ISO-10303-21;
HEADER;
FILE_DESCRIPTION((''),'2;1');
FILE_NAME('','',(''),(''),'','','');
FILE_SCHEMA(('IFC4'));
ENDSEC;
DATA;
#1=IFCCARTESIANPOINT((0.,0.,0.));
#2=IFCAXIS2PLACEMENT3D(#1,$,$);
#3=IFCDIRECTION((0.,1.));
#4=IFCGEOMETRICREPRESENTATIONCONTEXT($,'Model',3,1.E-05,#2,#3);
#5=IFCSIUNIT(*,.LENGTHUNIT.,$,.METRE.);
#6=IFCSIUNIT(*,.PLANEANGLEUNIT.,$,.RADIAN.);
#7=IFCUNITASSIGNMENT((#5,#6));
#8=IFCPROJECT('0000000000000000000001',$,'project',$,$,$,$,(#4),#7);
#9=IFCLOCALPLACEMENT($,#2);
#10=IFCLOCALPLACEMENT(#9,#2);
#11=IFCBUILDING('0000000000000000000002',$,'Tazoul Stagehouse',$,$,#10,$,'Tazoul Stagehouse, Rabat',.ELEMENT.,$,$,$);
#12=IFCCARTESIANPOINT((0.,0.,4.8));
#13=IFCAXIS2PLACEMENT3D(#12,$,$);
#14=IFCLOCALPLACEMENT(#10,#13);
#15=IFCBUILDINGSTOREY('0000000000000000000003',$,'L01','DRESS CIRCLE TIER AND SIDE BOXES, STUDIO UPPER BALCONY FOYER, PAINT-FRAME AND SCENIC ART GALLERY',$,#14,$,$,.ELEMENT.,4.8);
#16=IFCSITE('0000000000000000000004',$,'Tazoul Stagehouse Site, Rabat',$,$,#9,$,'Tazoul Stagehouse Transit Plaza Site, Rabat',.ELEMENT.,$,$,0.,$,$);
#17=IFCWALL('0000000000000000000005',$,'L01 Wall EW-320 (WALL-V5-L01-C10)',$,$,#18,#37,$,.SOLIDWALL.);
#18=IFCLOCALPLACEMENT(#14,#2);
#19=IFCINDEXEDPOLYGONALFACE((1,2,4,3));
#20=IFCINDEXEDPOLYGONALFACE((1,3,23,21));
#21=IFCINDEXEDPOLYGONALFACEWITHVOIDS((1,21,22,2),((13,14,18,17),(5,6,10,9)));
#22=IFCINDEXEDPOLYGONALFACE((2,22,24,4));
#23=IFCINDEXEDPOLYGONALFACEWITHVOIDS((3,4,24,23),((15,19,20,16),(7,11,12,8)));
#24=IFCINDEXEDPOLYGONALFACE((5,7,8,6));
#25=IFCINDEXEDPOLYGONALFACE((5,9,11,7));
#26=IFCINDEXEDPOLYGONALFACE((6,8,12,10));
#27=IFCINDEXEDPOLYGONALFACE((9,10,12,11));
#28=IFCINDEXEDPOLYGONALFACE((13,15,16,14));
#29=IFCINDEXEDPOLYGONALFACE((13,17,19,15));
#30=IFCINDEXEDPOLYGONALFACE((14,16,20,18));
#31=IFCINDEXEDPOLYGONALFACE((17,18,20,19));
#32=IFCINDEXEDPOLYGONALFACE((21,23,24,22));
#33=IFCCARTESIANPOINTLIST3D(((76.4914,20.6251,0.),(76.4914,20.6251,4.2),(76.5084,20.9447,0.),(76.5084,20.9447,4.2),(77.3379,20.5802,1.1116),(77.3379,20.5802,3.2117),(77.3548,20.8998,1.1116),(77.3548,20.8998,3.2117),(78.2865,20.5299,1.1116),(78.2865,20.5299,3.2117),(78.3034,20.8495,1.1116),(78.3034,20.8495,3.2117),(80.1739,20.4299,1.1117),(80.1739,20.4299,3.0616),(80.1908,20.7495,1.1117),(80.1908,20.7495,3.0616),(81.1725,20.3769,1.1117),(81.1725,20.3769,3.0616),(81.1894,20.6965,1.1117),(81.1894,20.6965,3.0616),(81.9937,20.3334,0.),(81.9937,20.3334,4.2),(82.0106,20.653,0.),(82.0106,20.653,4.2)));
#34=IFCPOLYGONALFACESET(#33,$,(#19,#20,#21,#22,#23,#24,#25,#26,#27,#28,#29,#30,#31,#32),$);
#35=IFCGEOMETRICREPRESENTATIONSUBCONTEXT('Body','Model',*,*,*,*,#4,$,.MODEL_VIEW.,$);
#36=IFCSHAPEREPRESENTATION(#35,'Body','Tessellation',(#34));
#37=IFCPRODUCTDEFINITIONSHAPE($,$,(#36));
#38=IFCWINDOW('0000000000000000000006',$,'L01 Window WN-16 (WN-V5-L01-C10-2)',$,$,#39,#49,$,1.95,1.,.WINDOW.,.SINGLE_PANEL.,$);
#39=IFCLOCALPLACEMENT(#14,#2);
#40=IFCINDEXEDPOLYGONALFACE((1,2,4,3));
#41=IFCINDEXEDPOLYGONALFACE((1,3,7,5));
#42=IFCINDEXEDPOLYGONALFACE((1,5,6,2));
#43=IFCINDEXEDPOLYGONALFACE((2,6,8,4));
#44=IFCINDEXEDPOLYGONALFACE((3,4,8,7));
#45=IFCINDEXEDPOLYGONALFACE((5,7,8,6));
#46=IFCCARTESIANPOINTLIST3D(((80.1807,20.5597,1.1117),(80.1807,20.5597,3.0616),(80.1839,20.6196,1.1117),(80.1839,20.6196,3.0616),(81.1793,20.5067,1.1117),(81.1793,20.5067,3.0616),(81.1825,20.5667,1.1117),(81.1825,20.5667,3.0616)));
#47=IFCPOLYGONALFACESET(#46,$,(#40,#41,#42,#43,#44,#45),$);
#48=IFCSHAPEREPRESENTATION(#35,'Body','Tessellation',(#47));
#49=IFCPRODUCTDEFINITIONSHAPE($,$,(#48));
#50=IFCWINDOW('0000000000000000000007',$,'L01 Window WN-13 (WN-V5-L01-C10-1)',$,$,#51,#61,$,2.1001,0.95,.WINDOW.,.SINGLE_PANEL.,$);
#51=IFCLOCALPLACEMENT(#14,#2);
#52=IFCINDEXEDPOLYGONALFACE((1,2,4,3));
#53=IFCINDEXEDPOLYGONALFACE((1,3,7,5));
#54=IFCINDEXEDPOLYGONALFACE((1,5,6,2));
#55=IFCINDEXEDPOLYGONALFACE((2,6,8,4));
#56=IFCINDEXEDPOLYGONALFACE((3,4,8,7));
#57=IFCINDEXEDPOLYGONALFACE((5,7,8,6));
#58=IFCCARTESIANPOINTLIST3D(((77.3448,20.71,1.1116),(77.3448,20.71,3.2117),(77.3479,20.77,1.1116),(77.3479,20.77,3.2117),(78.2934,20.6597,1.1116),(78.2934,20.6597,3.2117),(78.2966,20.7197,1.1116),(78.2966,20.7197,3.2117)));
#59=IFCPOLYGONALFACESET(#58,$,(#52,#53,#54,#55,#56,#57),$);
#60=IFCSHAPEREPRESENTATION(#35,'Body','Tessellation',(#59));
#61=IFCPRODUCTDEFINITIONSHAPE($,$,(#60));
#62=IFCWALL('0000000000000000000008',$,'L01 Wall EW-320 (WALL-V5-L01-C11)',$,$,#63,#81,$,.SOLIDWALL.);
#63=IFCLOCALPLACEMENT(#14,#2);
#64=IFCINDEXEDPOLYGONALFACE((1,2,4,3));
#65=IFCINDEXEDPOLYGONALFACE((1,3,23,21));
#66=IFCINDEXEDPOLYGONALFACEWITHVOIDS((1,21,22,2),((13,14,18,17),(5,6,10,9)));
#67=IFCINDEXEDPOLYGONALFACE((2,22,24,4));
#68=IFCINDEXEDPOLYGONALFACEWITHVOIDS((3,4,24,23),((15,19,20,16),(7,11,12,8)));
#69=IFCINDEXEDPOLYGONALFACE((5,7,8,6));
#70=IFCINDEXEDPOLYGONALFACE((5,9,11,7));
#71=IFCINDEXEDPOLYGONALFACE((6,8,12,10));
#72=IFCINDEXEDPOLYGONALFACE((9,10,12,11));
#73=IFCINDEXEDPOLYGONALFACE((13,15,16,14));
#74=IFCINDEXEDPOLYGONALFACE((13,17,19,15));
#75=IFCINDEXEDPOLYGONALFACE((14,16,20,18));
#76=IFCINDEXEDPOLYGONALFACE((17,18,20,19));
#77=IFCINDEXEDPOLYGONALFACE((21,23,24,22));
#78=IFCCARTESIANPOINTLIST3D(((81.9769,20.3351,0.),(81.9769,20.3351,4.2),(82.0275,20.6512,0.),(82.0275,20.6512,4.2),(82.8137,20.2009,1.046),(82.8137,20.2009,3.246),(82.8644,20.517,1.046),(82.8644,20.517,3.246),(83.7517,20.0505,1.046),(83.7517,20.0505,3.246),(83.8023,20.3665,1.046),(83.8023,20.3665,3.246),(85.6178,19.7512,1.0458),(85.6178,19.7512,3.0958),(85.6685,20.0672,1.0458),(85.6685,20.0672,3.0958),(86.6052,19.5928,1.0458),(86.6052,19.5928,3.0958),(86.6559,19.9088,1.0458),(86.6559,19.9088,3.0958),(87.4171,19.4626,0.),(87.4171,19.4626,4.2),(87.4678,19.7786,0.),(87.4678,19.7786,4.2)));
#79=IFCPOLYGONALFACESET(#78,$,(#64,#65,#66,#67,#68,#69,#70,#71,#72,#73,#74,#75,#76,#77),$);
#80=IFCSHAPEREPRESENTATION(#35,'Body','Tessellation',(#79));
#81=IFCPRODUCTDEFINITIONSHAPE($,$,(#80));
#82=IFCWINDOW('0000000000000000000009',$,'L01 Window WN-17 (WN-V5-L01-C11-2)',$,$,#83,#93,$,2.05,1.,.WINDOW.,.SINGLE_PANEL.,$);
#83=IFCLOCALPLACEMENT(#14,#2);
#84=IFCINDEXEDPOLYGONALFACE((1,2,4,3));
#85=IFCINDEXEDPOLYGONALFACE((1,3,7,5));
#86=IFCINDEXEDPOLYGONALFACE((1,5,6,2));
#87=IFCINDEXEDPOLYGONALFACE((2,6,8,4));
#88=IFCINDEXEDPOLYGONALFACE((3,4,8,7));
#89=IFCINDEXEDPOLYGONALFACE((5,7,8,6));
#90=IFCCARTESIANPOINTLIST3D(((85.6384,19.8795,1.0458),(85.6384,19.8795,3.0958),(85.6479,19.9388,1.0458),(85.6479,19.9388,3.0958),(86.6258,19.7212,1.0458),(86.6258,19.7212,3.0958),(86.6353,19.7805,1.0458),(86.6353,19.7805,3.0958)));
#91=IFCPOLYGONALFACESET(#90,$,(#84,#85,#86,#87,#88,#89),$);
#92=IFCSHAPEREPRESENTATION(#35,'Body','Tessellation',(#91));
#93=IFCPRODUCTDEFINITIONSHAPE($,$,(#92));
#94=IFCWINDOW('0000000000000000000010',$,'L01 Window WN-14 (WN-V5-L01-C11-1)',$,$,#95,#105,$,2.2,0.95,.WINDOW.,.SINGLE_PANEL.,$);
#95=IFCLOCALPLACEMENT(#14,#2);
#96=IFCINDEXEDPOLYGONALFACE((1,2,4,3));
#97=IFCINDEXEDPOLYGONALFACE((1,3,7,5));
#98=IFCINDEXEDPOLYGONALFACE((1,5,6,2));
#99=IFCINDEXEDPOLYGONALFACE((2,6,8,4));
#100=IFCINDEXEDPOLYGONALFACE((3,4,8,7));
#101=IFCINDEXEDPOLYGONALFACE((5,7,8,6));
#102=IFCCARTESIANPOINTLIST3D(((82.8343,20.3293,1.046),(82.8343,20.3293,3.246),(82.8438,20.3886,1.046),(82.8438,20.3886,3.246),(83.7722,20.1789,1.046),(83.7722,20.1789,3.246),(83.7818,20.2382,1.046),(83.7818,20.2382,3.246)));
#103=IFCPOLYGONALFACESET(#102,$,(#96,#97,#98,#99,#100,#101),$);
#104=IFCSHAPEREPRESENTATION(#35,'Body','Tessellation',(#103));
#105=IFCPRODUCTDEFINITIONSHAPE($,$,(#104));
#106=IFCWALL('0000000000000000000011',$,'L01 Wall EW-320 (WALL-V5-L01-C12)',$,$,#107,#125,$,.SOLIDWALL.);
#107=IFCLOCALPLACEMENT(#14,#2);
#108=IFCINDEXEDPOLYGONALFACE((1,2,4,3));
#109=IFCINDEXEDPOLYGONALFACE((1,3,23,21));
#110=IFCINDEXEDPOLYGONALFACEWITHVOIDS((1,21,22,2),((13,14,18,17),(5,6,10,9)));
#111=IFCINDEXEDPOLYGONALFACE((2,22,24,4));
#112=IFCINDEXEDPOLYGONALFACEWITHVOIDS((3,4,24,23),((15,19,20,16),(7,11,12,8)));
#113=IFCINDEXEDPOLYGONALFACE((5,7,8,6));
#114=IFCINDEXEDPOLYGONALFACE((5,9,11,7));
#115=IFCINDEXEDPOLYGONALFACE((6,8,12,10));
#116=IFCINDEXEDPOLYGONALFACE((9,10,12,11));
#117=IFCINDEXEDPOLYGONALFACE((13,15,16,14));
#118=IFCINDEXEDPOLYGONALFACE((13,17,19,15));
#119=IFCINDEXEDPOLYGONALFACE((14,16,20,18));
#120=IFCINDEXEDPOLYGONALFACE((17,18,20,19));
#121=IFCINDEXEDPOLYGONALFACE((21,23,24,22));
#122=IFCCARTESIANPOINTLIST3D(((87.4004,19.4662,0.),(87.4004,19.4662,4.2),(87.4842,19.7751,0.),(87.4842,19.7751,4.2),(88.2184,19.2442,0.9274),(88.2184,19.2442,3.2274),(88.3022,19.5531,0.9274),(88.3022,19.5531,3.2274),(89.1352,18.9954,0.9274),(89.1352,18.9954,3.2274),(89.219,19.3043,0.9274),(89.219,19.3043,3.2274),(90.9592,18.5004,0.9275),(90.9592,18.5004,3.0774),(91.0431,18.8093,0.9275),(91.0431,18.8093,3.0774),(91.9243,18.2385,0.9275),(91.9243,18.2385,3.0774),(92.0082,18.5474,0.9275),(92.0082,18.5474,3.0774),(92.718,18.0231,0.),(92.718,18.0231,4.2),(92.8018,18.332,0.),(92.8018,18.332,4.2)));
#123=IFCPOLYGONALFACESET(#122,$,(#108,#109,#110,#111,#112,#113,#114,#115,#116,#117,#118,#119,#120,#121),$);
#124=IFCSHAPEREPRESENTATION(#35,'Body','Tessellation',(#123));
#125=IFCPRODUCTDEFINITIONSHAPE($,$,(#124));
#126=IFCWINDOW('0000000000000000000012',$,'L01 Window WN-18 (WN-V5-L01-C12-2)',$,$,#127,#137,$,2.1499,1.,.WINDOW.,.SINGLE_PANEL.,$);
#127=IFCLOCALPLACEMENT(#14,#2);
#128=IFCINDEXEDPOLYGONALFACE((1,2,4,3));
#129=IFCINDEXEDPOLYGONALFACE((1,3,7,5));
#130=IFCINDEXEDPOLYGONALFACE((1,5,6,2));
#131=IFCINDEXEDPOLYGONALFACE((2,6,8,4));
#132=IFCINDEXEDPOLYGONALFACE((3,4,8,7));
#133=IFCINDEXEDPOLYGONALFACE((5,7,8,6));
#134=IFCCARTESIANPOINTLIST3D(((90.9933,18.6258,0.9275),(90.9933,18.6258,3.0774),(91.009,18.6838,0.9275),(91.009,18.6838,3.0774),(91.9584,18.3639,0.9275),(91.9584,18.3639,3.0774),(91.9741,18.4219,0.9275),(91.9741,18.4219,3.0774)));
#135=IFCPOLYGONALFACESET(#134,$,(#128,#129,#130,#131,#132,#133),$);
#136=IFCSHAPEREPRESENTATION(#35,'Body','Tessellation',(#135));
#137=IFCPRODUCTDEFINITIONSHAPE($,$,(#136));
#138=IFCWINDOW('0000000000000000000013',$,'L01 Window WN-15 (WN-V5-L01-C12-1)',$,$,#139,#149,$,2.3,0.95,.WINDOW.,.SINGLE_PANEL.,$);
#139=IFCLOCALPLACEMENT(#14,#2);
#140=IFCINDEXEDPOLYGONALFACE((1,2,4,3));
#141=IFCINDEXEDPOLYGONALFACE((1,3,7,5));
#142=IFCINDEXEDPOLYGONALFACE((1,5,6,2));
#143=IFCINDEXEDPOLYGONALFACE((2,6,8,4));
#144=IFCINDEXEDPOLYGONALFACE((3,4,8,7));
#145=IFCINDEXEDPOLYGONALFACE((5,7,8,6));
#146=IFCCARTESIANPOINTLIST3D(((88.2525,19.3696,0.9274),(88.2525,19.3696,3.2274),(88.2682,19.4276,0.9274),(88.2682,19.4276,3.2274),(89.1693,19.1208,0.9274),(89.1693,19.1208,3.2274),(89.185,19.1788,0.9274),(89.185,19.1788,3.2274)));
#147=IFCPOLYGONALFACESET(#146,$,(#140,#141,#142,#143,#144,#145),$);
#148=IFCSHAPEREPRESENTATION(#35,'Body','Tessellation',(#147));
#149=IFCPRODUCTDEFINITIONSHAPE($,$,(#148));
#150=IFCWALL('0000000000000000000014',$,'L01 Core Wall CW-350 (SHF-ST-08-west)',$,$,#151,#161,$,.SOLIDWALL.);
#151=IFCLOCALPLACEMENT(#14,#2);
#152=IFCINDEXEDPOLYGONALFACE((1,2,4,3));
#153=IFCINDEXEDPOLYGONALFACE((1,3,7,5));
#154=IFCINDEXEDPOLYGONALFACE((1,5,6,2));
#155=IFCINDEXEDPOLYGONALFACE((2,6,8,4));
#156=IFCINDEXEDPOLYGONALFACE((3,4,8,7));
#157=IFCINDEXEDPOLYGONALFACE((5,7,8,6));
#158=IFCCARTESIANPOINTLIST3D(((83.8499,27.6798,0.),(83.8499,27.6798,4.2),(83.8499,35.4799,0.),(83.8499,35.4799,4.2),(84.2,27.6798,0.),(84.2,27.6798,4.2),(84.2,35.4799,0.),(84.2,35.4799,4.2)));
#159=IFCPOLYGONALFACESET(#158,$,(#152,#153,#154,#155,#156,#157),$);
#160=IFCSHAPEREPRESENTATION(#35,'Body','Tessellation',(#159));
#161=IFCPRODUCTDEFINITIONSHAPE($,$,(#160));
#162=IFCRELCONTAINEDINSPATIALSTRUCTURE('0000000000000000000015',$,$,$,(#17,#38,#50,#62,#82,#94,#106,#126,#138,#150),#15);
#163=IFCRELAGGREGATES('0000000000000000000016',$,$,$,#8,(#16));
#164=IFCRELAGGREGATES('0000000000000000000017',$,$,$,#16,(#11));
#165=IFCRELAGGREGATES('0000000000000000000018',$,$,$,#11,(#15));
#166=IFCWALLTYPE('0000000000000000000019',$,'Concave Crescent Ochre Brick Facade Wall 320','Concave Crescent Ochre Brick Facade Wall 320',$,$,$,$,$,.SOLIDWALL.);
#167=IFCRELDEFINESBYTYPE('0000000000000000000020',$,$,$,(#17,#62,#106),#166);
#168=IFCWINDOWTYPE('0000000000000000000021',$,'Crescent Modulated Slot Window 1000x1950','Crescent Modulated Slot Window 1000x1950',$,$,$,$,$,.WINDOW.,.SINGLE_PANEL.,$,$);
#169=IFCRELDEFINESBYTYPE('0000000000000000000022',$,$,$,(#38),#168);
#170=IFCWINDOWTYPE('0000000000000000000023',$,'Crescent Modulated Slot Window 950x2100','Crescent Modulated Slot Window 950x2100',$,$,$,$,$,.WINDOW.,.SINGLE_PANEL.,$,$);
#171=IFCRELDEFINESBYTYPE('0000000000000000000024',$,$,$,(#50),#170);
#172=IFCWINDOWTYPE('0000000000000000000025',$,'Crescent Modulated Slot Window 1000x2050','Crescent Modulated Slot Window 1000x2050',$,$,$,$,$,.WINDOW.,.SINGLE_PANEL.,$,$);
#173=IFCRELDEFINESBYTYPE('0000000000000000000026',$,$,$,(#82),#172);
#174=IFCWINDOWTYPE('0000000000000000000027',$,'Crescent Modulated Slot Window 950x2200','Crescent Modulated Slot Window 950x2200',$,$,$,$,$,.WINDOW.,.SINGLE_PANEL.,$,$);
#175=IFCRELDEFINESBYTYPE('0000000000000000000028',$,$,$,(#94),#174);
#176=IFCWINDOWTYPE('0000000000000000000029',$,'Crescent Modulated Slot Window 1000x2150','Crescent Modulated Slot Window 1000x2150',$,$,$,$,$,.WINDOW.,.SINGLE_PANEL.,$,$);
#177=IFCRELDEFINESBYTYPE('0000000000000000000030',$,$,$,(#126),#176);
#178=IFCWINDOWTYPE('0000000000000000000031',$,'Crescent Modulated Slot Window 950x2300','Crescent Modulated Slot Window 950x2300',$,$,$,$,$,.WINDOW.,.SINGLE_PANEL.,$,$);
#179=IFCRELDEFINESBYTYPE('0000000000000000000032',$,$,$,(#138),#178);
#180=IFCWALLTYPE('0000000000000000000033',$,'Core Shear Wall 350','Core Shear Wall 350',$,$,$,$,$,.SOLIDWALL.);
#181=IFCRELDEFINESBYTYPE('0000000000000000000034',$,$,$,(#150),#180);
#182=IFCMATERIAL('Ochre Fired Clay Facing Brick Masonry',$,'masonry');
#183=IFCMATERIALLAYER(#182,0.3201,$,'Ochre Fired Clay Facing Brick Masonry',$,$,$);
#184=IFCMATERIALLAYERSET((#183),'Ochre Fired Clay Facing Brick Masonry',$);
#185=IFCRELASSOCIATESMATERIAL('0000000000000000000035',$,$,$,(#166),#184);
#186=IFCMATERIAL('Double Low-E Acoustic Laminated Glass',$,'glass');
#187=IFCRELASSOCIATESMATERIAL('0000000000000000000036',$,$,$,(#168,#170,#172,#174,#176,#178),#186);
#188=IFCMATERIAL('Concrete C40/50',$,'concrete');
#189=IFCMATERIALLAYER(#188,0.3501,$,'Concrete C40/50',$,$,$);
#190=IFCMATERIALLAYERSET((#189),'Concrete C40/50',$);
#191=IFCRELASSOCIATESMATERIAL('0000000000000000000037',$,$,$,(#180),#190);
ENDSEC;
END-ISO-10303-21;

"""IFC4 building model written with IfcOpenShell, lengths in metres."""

from ifc_helpers import new_model, si_unit, direction, frame, frame_2d, origin, place, context, subcontext, project, spatial, rectangle, extrude, material, layer, layer_set, type_object, element, fill, save


model = new_model("IFC4")

# Units and contexts
model_context = context("Model", 3, precision=1e-05, world=origin(), true_north=direction((0.0, 1.0)))
body_context = subcontext(model_context, "Body", "Model", "MODEL_VIEW")
ifc_project = project(units=[si_unit("LENGTHUNIT", "METRE"), si_unit("PLANEANGLEUNIT", "RADIAN")], contexts=[model_context])

# Site, building, storey
site_placement = place(None, origin())
site = spatial("IfcSite", under=ifc_project, at=site_placement, Name="Tazoul Stagehouse Site, Rabat", LongName="Tazoul Stagehouse Transit Plaza Site, Rabat", CompositionType="ELEMENT", RefElevation=0.0)
building_placement = place(site_placement, origin())
building = spatial("IfcBuilding", under=site, at=building_placement, Name="Tazoul Stagehouse", LongName="Tazoul Stagehouse, Rabat", CompositionType="ELEMENT")
storey_placement = place(building_placement, frame((0.0, 0.0, 4.8)))
storey = spatial("IfcBuildingStorey", under=building, at=storey_placement, Name="L01", Description="DRESS CIRCLE TIER AND SIDE BOXES, STUDIO UPPER BALCONY FOYER, PAINT-FRAME AND SCENIC ART GALLERY", CompositionType="ELEMENT", Elevation=4.8)

# Shared definitions
ifc_material_1 = material(Name="Concrete C40/50", Category="concrete")

# Walls, openings, windows
ifc_material_2 = material(Name="Ochre Fired Clay Facing Brick Masonry", Category="masonry")
ifc_layer_1 = layer(ifc_material_2, 0.3201, Name="Ochre Fired Clay Facing Brick Masonry")
ifc_layer_set_1 = layer_set([ifc_layer_1], Name="Ochre Fired Clay Facing Brick Masonry")
wall_type_1 = type_object("IfcWallType", Name="Concave Crescent Ochre Brick Facade Wall 320", Description="Concave Crescent Ochre Brick Facade Wall 320", PredefinedType="SOLIDWALL", material=ifc_layer_set_1)
wall_1_placement = place(storey_placement, frame((76.5, 20.7849, 0.0), z_axis=(0.0, 0.0, 1.0), x_axis=(0.998597, -0.05295, 0.0)))
wall_1 = element("IfcWall", 1, at=wall_1_placement, inside=storey, type_object=wall_type_1, Name="L01 Wall EW-320 (WALL-V5-L01-C10)", PredefinedType="SOLIDWALL", context=body_context, shape_type="SweptSolid", body=[
    extrude(rectangle(XDim=5.51, YDim=0.3201, at=frame_2d((2.7549, 0.0))), origin(), (0.0, 0.0, 1.0), 4.2),
])
opening_1_placement = place(wall_1_placement, frame((0.8474, 0.0, 1.1116)))
opening_1 = element("IfcOpeningElement", 2, at=opening_1_placement, cuts=wall_1, PredefinedType="OPENING", context=body_context, shape_type="SweptSolid", body=[
    extrude(rectangle(XDim=0.95, YDim=2.1001, at=frame_2d((0.4751, 1.05))), frame((0.0, 0.1799, 0.0), z_axis=(0.0, -1.0, 0.0), x_axis=(1.0, 0.0, 0.0)), (0.0, 0.0, 1.0), 0.3601),
])
opening_2_placement = place(wall_1_placement, frame((3.6875, 0.0, 1.1116)))
opening_2 = element("IfcOpeningElement", 3, at=opening_2_placement, cuts=wall_1, PredefinedType="OPENING", context=body_context, shape_type="SweptSolid", body=[
    extrude(rectangle(XDim=1.0, YDim=1.95, at=frame_2d((0.5, 0.9751))), frame((0.0, 0.1799, 0.0), z_axis=(0.0, -1.0, 0.0), x_axis=(1.0, 0.0, 0.0)), (0.0, 0.0, 1.0), 0.3601),
])
ifc_material_3 = material(Name="Double Low-E Acoustic Laminated Glass", Category="glass")
window_type_1 = type_object("IfcWindowType", Name="Crescent Modulated Slot Window 1000x1950", Description="Crescent Modulated Slot Window 1000x1950", PartitioningType="SINGLE_PANEL", PredefinedType="WINDOW", material=ifc_material_3)
window_1_placement = place(opening_2_placement, origin())
window_1 = element("IfcWindow", 4, at=window_1_placement, inside=storey, type_object=window_type_1, Name="L01 Window WN-16 (WN-V5-L01-C10-2)", OverallHeight=1.95, OverallWidth=1.0, PartitioningType="SINGLE_PANEL", PredefinedType="WINDOW", context=body_context, shape_type="SweptSolid", body=[
    extrude(rectangle(XDim=1.0, YDim=1.95, at=frame_2d((0.5, 0.9751))), frame((0.0, 0.03, 0.0), z_axis=(0.0, -1.0, 0.0), x_axis=(1.0, 0.0, 0.0)), (0.0, 0.0, 1.0), 0.0601),
])
fill(opening_2, window_1)
window_type_2 = type_object("IfcWindowType", Name="Crescent Modulated Slot Window 950x2100", Description="Crescent Modulated Slot Window 950x2100", PartitioningType="SINGLE_PANEL", PredefinedType="WINDOW", material=ifc_material_3)
window_2_placement = place(opening_1_placement, origin())
window_2 = element("IfcWindow", 5, at=window_2_placement, inside=storey, type_object=window_type_2, Name="L01 Window WN-13 (WN-V5-L01-C10-1)", OverallHeight=2.1001, OverallWidth=0.95, PartitioningType="SINGLE_PANEL", PredefinedType="WINDOW", context=body_context, shape_type="SweptSolid", body=[
    extrude(rectangle(XDim=0.95, YDim=2.1001, at=frame_2d((0.4751, 1.05))), frame((0.0, 0.03, 0.0), z_axis=(0.0, -1.0, 0.0), x_axis=(1.0, 0.0, 0.0)), (0.0, 0.0, 1.0), 0.0601),
])
fill(opening_1, window_2)
wall_2_placement = place(storey_placement, frame((82.0022, 20.4932, 0.0), z_axis=(0.0, 0.0, 1.0), x_axis=(0.98738, -0.158367, 0.0)))
wall_2 = element("IfcWall", 6, at=wall_2_placement, inside=storey, type_object=wall_type_1, Name="L01 Wall EW-320 (WALL-V5-L01-C11)", PredefinedType="SOLIDWALL", context=body_context, shape_type="SweptSolid", body=[
    extrude(rectangle(XDim=5.5098, YDim=0.3201, at=frame_2d((2.7549, 0.0))), origin(), (0.0, 0.0, 1.0), 4.2),
])
opening_3_placement = place(wall_2_placement, frame((0.8474, 0.0, 1.0459)))
opening_3 = element("IfcOpeningElement", 7, at=opening_3_placement, cuts=wall_2, PredefinedType="OPENING", context=body_context, shape_type="SweptSolid", body=[
    extrude(rectangle(XDim=0.95, YDim=2.2, at=frame_2d((0.4751, 1.1001))), frame((0.0, 0.1799, 0.0), z_axis=(0.0, -1.0, 0.0), x_axis=(1.0, 0.0, 0.0)), (0.0, 0.0, 1.0), 0.3601),
])
opening_4_placement = place(wall_2_placement, frame((3.6875, 0.0, 1.0459)))
opening_4 = element("IfcOpeningElement", 8, at=opening_4_placement, cuts=wall_2, PredefinedType="OPENING", context=body_context, shape_type="SweptSolid", body=[
    extrude(rectangle(XDim=1.0, YDim=2.05, at=frame_2d((0.5, 1.0249))), frame((0.0, 0.1799, 0.0), z_axis=(0.0, -1.0, 0.0), x_axis=(1.0, 0.0, 0.0)), (0.0, 0.0, 1.0), 0.3601),
])
window_type_3 = type_object("IfcWindowType", Name="Crescent Modulated Slot Window 1000x2050", Description="Crescent Modulated Slot Window 1000x2050", PartitioningType="SINGLE_PANEL", PredefinedType="WINDOW", material=ifc_material_3)
window_3_placement = place(opening_4_placement, origin())
window_3 = element("IfcWindow", 9, at=window_3_placement, inside=storey, type_object=window_type_3, Name="L01 Window WN-17 (WN-V5-L01-C11-2)", OverallHeight=2.05, OverallWidth=1.0, PartitioningType="SINGLE_PANEL", PredefinedType="WINDOW", context=body_context, shape_type="SweptSolid", body=[
    extrude(rectangle(XDim=1.0, YDim=2.05, at=frame_2d((0.5, 1.0249))), frame((0.0, 0.03, 0.0), z_axis=(0.0, -1.0, 0.0), x_axis=(1.0, 0.0, 0.0)), (0.0, 0.0, 1.0), 0.0601),
])
fill(opening_4, window_3)
window_type_4 = type_object("IfcWindowType", Name="Crescent Modulated Slot Window 950x2200", Description="Crescent Modulated Slot Window 950x2200", PartitioningType="SINGLE_PANEL", PredefinedType="WINDOW", material=ifc_material_3)
window_4_placement = place(opening_3_placement, origin())
window_4 = element("IfcWindow", 10, at=window_4_placement, inside=storey, type_object=window_type_4, Name="L01 Window WN-14 (WN-V5-L01-C11-1)", OverallHeight=2.2, OverallWidth=0.95, PartitioningType="SINGLE_PANEL", PredefinedType="WINDOW", context=body_context, shape_type="SweptSolid", body=[
    extrude(rectangle(XDim=0.95, YDim=2.2, at=frame_2d((0.4751, 1.1001))), frame((0.0, 0.03, 0.0), z_axis=(0.0, -1.0, 0.0), x_axis=(1.0, 0.0, 0.0)), (0.0, 0.0, 1.0), 0.0601),
])
fill(opening_3, window_4)
wall_3_placement = place(storey_placement, frame((87.4424, 19.6206, 0.0), z_axis=(0.0, 0.0, 1.0), x_axis=(0.965092, -0.26191, 0.0)))
wall_3 = element("IfcWall", 11, at=wall_3_placement, inside=storey, type_object=wall_type_1, Name="L01 Wall EW-320 (WALL-V5-L01-C12)", PredefinedType="SOLIDWALL", context=body_context, shape_type="SweptSolid", body=[
    extrude(rectangle(XDim=5.51, YDim=0.3201, at=frame_2d((2.7549, 0.0))), origin(), (0.0, 0.0, 1.0), 4.2),
])
opening_5_placement = place(wall_3_placement, frame((0.8474, 0.0, 0.9275)))
opening_5 = element("IfcOpeningElement", 12, at=opening_5_placement, cuts=wall_3, PredefinedType="OPENING", context=body_context, shape_type="SweptSolid", body=[
    extrude(rectangle(XDim=0.95, YDim=2.3, at=frame_2d((0.4751, 1.1499))), frame((0.0, 0.1799, 0.0), z_axis=(0.0, -1.0, 0.0), x_axis=(1.0, 0.0, 0.0)), (0.0, 0.0, 1.0), 0.3601),
])
opening_6_placement = place(wall_3_placement, frame((3.6875, 0.0, 0.9275)))
opening_6 = element("IfcOpeningElement", 13, at=opening_6_placement, cuts=wall_3, PredefinedType="OPENING", context=body_context, shape_type="SweptSolid", body=[
    extrude(rectangle(XDim=1.0, YDim=2.1499, at=frame_2d((0.5, 1.075))), frame((0.0, 0.1799, 0.0), z_axis=(0.0, -1.0, 0.0), x_axis=(1.0, 0.0, 0.0)), (0.0, 0.0, 1.0), 0.3601),
])
window_type_5 = type_object("IfcWindowType", Name="Crescent Modulated Slot Window 1000x2150", Description="Crescent Modulated Slot Window 1000x2150", PartitioningType="SINGLE_PANEL", PredefinedType="WINDOW", material=ifc_material_3)
window_5_placement = place(opening_6_placement, origin())
window_5 = element("IfcWindow", 14, at=window_5_placement, inside=storey, type_object=window_type_5, Name="L01 Window WN-18 (WN-V5-L01-C12-2)", OverallHeight=2.1499, OverallWidth=1.0, PartitioningType="SINGLE_PANEL", PredefinedType="WINDOW", context=body_context, shape_type="SweptSolid", body=[
    extrude(rectangle(XDim=1.0, YDim=2.1499, at=frame_2d((0.5, 1.075))), frame((0.0, 0.03, 0.0), z_axis=(0.0, -1.0, 0.0), x_axis=(1.0, 0.0, 0.0)), (0.0, 0.0, 1.0), 0.0601),
])
fill(opening_6, window_5)
window_type_6 = type_object("IfcWindowType", Name="Crescent Modulated Slot Window 950x2300", Description="Crescent Modulated Slot Window 950x2300", PartitioningType="SINGLE_PANEL", PredefinedType="WINDOW", material=ifc_material_3)
window_6_placement = place(opening_5_placement, origin())
window_6 = element("IfcWindow", 15, at=window_6_placement, inside=storey, type_object=window_type_6, Name="L01 Window WN-15 (WN-V5-L01-C12-1)", OverallHeight=2.3, OverallWidth=0.95, PartitioningType="SINGLE_PANEL", PredefinedType="WINDOW", context=body_context, shape_type="SweptSolid", body=[
    extrude(rectangle(XDim=0.95, YDim=2.3, at=frame_2d((0.4751, 1.1499))), frame((0.0, 0.03, 0.0), z_axis=(0.0, -1.0, 0.0), x_axis=(1.0, 0.0, 0.0)), (0.0, 0.0, 1.0), 0.0601),
])
fill(opening_5, window_6)

# Wall
ifc_layer_2 = layer(ifc_material_1, 0.3501, Name="Concrete C40/50")
ifc_layer_set_2 = layer_set([ifc_layer_2], Name="Concrete C40/50")
wall_type_2 = type_object("IfcWallType", Name="Core Shear Wall 350", Description="Core Shear Wall 350", PredefinedType="SOLIDWALL", material=ifc_layer_set_2)
wall_4_placement = place(storey_placement, frame((84.0249, 27.6799, 0.0), z_axis=(0.0, 0.0, 1.0), x_axis=(0.0, 1.0, 0.0)))
element("IfcWall", 16, at=wall_4_placement, inside=storey, type_object=wall_type_2, Name="L01 Core Wall CW-350 (SHF-ST-08-west)", PredefinedType="SOLIDWALL", context=body_context, shape_type="SweptSolid", body=[
    extrude(rectangle(XDim=7.8, YDim=0.3501, at=frame_2d((3.8999, 0.0))), origin(), (0.0, 0.0, 1.0), 4.2),
])

save(model, "model.ifc")
